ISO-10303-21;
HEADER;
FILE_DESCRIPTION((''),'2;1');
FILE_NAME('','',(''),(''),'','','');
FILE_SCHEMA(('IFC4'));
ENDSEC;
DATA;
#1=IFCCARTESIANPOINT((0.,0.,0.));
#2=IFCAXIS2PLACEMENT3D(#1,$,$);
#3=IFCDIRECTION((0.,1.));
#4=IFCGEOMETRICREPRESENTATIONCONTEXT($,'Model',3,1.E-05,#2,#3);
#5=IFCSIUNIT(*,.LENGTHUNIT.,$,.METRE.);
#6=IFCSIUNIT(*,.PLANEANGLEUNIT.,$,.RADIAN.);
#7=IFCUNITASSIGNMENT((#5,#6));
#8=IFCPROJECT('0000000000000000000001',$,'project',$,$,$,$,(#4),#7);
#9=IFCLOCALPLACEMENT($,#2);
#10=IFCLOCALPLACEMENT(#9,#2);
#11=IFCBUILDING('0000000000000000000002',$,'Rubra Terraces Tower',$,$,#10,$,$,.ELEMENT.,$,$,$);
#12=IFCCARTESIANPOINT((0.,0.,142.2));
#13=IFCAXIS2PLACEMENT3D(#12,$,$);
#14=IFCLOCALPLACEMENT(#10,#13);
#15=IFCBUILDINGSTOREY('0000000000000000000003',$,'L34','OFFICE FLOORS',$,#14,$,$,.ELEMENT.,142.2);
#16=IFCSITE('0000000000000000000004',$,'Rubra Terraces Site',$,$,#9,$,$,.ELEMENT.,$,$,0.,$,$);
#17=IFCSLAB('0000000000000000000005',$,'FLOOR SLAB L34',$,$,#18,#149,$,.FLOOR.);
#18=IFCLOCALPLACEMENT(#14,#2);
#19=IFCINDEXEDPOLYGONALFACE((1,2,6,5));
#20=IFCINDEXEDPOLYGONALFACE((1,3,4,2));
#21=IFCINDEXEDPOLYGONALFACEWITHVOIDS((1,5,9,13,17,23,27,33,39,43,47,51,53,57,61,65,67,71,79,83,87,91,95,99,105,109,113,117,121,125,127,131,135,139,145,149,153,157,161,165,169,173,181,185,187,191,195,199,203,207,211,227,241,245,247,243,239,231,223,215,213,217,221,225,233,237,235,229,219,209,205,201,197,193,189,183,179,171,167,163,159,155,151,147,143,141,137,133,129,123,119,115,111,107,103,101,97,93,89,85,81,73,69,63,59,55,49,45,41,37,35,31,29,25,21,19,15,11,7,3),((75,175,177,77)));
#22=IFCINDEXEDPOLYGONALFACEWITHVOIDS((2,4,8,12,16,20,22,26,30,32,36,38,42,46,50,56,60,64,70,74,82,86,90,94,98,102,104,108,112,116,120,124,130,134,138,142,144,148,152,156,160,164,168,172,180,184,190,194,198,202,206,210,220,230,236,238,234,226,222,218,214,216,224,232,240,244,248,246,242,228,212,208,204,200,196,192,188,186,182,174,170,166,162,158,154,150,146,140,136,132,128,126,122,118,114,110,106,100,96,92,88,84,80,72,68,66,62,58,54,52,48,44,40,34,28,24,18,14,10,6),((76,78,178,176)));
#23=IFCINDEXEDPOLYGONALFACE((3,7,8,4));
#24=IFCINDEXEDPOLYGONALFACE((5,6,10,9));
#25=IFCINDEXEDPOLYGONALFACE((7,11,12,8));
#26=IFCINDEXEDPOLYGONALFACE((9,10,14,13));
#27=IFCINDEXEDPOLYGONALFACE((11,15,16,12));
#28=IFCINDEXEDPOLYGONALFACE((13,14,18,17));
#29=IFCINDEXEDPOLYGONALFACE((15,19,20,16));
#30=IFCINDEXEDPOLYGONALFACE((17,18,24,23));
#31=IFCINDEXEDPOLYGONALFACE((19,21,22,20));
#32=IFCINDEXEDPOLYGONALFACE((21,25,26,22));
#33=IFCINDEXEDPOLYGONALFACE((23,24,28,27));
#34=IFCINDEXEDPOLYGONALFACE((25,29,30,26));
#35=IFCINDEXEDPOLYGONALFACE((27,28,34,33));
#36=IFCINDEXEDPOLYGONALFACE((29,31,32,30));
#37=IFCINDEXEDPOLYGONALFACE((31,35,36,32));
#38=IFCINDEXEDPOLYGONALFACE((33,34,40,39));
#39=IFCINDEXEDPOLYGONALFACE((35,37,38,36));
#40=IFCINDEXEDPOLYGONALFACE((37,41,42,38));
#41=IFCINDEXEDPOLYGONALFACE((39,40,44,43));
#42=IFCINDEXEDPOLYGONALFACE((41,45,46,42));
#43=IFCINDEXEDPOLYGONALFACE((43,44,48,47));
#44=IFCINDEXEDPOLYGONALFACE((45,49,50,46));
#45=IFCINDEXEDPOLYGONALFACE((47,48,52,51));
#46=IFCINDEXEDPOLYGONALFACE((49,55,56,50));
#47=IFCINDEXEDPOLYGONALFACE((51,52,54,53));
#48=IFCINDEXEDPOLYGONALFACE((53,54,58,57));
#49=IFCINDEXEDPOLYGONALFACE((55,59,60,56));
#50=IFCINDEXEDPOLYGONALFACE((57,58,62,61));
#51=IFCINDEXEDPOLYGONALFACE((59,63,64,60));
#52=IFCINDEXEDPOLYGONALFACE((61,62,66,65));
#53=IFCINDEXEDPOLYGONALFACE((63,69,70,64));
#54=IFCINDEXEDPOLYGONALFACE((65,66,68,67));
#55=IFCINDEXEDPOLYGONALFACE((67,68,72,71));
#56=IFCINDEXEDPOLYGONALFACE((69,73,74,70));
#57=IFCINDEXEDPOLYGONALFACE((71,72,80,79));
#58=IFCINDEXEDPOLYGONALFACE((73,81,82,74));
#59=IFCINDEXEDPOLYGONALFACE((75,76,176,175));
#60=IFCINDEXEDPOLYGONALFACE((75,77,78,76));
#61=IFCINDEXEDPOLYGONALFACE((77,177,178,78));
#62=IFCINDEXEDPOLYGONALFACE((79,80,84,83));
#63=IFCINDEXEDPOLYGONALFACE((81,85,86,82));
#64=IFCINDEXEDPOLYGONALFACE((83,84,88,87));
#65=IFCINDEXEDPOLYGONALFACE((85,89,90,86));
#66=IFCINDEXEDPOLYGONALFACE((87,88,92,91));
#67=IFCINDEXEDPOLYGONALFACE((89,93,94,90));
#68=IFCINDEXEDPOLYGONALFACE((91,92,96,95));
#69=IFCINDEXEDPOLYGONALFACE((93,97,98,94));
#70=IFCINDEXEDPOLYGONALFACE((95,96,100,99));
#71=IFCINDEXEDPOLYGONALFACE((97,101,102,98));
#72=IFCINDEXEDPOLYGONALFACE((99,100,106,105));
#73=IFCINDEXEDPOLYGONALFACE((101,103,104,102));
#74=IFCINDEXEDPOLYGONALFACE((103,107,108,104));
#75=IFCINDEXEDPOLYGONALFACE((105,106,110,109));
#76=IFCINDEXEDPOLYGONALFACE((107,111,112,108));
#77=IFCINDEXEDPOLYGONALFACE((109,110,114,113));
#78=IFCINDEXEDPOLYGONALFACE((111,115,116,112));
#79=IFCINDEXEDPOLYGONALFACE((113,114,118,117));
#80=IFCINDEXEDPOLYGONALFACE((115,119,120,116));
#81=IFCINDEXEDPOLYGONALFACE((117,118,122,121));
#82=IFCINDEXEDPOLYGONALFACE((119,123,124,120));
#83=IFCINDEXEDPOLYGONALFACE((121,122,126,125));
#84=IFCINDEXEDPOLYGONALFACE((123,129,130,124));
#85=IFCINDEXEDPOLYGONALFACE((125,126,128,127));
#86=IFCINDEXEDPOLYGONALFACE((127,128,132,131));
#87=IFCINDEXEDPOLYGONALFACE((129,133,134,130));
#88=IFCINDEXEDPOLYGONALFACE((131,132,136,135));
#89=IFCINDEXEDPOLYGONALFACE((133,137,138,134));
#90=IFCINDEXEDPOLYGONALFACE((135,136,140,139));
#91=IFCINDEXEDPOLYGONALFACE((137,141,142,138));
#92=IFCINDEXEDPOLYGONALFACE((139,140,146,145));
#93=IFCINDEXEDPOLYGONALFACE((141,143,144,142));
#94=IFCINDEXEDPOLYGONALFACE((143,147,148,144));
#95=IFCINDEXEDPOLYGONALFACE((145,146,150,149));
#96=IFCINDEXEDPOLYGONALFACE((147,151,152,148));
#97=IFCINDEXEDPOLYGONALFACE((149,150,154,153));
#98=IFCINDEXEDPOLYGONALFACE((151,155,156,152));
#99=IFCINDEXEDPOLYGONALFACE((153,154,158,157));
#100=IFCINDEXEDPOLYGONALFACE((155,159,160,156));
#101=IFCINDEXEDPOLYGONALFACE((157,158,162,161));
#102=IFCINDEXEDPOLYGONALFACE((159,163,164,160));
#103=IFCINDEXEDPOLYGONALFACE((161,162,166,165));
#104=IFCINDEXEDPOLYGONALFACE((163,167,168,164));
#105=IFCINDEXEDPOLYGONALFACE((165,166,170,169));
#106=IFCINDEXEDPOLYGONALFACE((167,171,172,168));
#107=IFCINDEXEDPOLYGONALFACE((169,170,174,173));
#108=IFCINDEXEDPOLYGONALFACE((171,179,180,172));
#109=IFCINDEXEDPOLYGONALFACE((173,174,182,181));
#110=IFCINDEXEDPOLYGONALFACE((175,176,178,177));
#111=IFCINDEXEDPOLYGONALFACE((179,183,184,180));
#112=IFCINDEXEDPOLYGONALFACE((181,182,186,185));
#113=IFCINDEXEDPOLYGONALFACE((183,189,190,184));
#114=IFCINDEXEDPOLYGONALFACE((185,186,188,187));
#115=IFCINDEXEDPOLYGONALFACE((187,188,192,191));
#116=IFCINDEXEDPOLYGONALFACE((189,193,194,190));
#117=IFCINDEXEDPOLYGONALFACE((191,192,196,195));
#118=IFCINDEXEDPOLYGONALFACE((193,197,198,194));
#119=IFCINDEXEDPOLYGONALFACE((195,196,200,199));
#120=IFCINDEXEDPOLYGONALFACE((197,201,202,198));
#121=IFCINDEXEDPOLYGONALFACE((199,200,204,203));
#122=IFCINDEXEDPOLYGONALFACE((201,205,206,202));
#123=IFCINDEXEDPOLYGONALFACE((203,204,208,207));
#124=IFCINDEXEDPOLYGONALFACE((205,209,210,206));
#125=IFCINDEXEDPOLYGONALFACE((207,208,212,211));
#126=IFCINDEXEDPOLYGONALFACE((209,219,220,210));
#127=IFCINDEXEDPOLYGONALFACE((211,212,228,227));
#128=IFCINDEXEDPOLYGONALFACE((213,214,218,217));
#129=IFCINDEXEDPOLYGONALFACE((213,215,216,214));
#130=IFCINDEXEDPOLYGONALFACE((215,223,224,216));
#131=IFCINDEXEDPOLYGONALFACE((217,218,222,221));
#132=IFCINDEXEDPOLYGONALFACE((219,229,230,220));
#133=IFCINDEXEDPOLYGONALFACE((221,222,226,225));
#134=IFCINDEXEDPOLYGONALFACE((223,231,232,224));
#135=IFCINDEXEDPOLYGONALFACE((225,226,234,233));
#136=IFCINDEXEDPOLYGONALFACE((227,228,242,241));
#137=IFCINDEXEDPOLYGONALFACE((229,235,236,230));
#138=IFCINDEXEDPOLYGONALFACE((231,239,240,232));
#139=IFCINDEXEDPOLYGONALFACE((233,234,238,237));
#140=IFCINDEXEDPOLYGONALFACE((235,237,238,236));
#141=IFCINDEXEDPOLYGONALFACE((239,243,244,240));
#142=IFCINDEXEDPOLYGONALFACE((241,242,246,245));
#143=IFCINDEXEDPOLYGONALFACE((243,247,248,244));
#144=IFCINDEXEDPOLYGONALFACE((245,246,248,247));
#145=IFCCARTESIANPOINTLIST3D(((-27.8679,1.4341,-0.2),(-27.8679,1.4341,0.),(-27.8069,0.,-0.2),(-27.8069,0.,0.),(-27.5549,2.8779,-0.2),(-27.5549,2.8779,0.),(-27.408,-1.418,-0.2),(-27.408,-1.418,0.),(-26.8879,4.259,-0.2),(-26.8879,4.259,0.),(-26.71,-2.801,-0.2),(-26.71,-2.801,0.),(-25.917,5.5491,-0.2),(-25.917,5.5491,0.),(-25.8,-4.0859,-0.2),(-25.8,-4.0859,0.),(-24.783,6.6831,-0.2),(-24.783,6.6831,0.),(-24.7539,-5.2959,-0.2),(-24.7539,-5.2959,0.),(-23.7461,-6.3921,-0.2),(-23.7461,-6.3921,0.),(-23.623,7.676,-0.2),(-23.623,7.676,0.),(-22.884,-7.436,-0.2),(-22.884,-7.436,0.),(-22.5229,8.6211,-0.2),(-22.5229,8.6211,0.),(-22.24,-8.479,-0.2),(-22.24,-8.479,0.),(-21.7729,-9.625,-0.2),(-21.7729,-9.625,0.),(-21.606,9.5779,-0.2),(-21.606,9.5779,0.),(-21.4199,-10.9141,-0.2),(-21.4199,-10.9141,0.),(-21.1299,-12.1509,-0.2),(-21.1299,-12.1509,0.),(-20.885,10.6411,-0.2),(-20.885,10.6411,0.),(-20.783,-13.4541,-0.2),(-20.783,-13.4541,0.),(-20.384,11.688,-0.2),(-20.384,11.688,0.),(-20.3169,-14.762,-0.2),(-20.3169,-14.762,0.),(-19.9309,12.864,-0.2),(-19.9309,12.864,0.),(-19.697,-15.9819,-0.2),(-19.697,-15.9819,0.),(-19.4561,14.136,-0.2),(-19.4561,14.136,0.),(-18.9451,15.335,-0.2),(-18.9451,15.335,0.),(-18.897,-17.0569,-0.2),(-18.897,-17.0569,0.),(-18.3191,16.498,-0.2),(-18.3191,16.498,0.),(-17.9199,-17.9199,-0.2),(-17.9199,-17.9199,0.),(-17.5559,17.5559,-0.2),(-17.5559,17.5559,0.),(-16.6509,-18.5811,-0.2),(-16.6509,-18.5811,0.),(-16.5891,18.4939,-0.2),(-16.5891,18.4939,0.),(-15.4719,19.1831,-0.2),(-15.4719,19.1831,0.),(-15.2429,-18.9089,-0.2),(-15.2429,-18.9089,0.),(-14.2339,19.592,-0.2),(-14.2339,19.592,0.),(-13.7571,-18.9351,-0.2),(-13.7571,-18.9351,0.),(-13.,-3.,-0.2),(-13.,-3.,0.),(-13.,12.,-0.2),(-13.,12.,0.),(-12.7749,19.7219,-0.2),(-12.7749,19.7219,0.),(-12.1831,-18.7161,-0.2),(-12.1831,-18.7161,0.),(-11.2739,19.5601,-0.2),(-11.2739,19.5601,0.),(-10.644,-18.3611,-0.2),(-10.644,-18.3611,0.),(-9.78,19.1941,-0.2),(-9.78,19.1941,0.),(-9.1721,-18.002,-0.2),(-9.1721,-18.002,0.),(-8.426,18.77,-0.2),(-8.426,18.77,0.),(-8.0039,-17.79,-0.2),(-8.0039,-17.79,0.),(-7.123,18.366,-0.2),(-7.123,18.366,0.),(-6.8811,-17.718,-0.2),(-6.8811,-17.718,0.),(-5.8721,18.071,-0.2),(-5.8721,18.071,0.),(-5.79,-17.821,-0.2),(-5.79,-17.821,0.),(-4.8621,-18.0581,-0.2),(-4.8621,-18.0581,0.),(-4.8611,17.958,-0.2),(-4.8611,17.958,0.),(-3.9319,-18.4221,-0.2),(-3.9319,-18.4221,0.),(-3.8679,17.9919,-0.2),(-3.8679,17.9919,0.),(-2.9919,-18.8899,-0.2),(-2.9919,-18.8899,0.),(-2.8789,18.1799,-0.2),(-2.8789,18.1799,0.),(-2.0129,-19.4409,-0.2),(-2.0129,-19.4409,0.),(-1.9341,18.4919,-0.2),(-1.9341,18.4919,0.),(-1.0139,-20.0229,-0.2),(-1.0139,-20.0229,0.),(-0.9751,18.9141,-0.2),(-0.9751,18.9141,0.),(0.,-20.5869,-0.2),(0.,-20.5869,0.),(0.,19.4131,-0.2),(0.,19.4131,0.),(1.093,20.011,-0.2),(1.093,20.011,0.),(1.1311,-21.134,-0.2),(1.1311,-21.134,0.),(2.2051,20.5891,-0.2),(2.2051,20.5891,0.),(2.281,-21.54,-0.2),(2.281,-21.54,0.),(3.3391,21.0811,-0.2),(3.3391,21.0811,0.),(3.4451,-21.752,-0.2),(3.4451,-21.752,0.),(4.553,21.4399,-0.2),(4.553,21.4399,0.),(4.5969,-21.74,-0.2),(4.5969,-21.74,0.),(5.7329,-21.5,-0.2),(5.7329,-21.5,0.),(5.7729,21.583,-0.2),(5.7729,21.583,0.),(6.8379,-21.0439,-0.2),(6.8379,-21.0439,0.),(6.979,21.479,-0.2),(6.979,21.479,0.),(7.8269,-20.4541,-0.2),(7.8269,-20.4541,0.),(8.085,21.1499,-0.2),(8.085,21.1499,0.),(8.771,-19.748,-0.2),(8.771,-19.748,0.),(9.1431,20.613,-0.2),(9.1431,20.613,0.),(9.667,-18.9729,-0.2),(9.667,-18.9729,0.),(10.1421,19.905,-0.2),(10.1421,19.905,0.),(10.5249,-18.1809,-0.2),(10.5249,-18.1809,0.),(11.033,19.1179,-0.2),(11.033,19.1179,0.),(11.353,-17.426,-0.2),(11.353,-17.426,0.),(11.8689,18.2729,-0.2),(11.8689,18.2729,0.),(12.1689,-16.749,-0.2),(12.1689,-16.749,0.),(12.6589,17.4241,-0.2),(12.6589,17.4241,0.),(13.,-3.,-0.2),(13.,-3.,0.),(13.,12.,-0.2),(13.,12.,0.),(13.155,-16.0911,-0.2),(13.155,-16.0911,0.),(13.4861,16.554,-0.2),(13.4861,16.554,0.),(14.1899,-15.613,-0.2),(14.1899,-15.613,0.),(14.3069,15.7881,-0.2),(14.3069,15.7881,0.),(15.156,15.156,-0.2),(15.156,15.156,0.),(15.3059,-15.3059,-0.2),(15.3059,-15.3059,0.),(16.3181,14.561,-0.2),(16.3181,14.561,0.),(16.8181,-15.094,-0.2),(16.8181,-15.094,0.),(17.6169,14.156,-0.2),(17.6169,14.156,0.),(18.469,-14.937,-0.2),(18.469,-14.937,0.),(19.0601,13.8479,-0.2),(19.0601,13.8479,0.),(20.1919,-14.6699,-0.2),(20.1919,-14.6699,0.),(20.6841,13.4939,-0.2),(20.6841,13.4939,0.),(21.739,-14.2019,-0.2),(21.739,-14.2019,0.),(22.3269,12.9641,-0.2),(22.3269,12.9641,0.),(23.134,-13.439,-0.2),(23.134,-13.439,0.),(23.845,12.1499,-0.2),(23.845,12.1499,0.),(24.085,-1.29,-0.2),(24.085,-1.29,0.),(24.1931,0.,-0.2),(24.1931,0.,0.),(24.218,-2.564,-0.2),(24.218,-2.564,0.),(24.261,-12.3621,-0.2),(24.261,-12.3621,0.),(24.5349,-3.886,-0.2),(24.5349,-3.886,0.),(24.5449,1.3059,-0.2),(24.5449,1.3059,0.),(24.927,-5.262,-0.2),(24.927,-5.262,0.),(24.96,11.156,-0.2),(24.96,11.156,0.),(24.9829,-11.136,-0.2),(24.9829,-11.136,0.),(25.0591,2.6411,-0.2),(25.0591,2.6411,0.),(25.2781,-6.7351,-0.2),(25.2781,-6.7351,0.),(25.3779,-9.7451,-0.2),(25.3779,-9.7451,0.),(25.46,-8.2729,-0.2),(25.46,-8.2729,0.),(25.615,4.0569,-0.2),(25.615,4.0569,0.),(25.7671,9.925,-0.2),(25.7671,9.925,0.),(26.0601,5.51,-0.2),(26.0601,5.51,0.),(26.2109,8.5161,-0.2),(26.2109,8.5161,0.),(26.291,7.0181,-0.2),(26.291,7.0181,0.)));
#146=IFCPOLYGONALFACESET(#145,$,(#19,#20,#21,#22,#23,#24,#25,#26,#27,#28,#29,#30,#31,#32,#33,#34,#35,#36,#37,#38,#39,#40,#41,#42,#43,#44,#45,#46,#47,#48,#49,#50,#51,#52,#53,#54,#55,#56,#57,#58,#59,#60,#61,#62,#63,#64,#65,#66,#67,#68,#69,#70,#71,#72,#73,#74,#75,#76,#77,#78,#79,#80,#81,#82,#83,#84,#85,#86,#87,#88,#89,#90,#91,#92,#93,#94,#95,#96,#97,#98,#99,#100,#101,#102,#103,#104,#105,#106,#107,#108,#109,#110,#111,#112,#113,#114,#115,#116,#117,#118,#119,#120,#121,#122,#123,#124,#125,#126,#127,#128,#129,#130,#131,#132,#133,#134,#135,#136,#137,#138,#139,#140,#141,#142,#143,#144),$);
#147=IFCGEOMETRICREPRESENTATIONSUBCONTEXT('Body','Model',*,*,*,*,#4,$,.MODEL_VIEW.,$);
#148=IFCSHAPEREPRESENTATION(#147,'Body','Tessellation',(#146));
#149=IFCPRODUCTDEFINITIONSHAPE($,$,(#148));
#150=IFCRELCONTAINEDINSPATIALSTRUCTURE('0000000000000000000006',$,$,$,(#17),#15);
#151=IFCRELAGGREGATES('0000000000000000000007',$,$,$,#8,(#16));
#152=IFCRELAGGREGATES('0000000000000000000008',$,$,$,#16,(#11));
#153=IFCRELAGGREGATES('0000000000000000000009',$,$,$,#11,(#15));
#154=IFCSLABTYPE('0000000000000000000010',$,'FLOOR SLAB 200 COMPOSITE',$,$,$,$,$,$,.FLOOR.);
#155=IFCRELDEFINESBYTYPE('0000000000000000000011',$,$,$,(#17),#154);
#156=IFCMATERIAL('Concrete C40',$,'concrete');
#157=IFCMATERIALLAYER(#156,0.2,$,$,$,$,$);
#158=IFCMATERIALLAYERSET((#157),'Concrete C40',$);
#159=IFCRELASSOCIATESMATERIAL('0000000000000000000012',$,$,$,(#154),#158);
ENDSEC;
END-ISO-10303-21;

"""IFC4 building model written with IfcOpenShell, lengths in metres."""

from ifc_helpers import new_model, si_unit, direction, frame, origin, place, context, subcontext, project, spatial, polyline, outline, extrude, material, layer, layer_set, type_object, element, save


model = new_model("IFC4")

# Units and contexts
model_context = context("Model", 3, precision=1e-05, world=origin(), true_north=direction((0.0, 1.0)))
body_context = subcontext(model_context, "Body", "Model", "MODEL_VIEW")
ifc_project = project(units=[si_unit("LENGTHUNIT", "METRE"), si_unit("PLANEANGLEUNIT", "RADIAN")], contexts=[model_context])

# Site, building, storey
site_placement = place(None, origin())
site = spatial("IfcSite", under=ifc_project, at=site_placement, Name="Rubra Terraces Site", CompositionType="ELEMENT", RefElevation=0.0)
building_placement = place(site_placement, origin())
building = spatial("IfcBuilding", under=site, at=building_placement, Name="Rubra Terraces Tower", CompositionType="ELEMENT")
storey_placement = place(building_placement, frame((0.0, 0.0, 142.2)))
storey = spatial("IfcBuildingStorey", under=building, at=storey_placement, Name="L34", Description="OFFICE FLOORS", CompositionType="ELEMENT", Elevation=142.2)

# Slab
ifc_material_1 = material(Name="Concrete C40", Category="concrete")
ifc_layer_1 = layer(ifc_material_1, 0.2)
ifc_layer_set_1 = layer_set([ifc_layer_1], Name="Concrete C40")
slab_type_1 = type_object("IfcSlabType", Name="FLOOR SLAB 200 COMPOSITE", PredefinedType="FLOOR", material=ifc_layer_set_1)
slab_1_placement = place(storey_placement, frame((0.0, 0.0, -0.2)))
element("IfcSlab", 1, at=slab_1_placement, inside=storey, type_object=slab_type_1, Name="FLOOR SLAB L34", PredefinedType="FLOOR", context=body_context, shape_type="SweptSolid", body=[
    extrude(outline(polyline([(24.085, -1.29), (24.1931, 0.0), (24.5449, 1.3059), (25.0591, 2.6411), (25.615, 4.0569), (26.0601, 5.51), (26.291, 7.0181), (26.2109, 8.5161), (25.7671, 9.925), (24.96, 11.156), (23.845, 12.1499), (22.3269, 12.9641), (20.6841, 13.4939), (19.0601, 13.8479), (17.6169, 14.156), (16.3181, 14.561), (15.156, 15.156), (14.3069, 15.7881), (13.4861, 16.554), (12.6589, 17.4241), (11.8689, 18.2729), (11.033, 19.1179), (10.1421, 19.905), (9.1431, 20.613), (8.085, 21.1499), (6.979, 21.479), (5.7729, 21.583), (4.553, 21.4399), (3.3391, 21.0811), (2.2051, 20.5891), (1.093, 20.011), (0.0, 19.4131), (-0.9751, 18.9141), (-1.9341, 18.4919), (-2.8789, 18.1799), (-3.8679, 17.9919), (-4.8611, 17.958), (-5.8721, 18.071), (-7.123, 18.366), (-8.426, 18.77), (-9.78, 19.1941), (-11.2739, 19.5601), (-12.7749, 19.7219), (-14.2339, 19.592), (-15.4719, 19.1831), (-16.5891, 18.4939), (-17.5559, 17.5559), (-18.3191, 16.498), (-18.9451, 15.335), (-19.4561, 14.136), (-19.9309, 12.864), (-20.384, 11.688), (-20.885, 10.6411), (-21.606, 9.5779), (-22.5229, 8.6211), (-23.623, 7.676), (-24.783, 6.6831), (-25.917, 5.5491), (-26.8879, 4.259), (-27.5549, 2.8779), (-27.8679, 1.4341), (-27.8069, 0.0), (-27.408, -1.418), (-26.71, -2.801), (-25.8, -4.0859), (-24.7539, -5.2959), (-23.7461, -6.3921), (-22.884, -7.436), (-22.24, -8.479), (-21.7729, -9.625), (-21.4199, -10.9141), (-21.1299, -12.1509), (-20.783, -13.4541), (-20.3169, -14.762), (-19.697, -15.9819), (-18.897, -17.0569), (-17.9199, -17.9199), (-16.6509, -18.5811), (-15.2429, -18.9089), (-13.7571, -18.9351), (-12.1831, -18.7161), (-10.644, -18.3611), (-9.1721, -18.002), (-8.0039, -17.79), (-6.8811, -17.718), (-5.79, -17.821), (-4.8621, -18.0581), (-3.9319, -18.4221), (-2.9919, -18.8899), (-2.0129, -19.4409), (-1.0139, -20.0229), (0.0, -20.5869), (1.1311, -21.134), (2.281, -21.54), (3.4451, -21.752), (4.5969, -21.74), (5.7329, -21.5), (6.8379, -21.0439), (7.8269, -20.4541), (8.771, -19.748), (9.667, -18.9729), (10.5249, -18.1809), (11.353, -17.426), (12.1689, -16.749), (13.155, -16.0911), (14.1899, -15.613), (15.3059, -15.3059), (16.8181, -15.094), (18.469, -14.937), (20.1919, -14.6699), (21.739, -14.2019), (23.134, -13.439), (24.261, -12.3621), (24.9829, -11.136), (25.3779, -9.7451), (25.46, -8.2729), (25.2781, -6.7351), (24.927, -5.262), (24.5349, -3.886), (24.218, -2.564), (24.085, -1.29)]), holes=[polyline([(13.0, 12.0), (13.0, -3.0), (-13.0, -3.0), (-13.0, 12.0), (13.0, 12.0)])]), origin(), (0.0, 0.0, 1.0), 0.2),
])

save(model, "model.ifc")
